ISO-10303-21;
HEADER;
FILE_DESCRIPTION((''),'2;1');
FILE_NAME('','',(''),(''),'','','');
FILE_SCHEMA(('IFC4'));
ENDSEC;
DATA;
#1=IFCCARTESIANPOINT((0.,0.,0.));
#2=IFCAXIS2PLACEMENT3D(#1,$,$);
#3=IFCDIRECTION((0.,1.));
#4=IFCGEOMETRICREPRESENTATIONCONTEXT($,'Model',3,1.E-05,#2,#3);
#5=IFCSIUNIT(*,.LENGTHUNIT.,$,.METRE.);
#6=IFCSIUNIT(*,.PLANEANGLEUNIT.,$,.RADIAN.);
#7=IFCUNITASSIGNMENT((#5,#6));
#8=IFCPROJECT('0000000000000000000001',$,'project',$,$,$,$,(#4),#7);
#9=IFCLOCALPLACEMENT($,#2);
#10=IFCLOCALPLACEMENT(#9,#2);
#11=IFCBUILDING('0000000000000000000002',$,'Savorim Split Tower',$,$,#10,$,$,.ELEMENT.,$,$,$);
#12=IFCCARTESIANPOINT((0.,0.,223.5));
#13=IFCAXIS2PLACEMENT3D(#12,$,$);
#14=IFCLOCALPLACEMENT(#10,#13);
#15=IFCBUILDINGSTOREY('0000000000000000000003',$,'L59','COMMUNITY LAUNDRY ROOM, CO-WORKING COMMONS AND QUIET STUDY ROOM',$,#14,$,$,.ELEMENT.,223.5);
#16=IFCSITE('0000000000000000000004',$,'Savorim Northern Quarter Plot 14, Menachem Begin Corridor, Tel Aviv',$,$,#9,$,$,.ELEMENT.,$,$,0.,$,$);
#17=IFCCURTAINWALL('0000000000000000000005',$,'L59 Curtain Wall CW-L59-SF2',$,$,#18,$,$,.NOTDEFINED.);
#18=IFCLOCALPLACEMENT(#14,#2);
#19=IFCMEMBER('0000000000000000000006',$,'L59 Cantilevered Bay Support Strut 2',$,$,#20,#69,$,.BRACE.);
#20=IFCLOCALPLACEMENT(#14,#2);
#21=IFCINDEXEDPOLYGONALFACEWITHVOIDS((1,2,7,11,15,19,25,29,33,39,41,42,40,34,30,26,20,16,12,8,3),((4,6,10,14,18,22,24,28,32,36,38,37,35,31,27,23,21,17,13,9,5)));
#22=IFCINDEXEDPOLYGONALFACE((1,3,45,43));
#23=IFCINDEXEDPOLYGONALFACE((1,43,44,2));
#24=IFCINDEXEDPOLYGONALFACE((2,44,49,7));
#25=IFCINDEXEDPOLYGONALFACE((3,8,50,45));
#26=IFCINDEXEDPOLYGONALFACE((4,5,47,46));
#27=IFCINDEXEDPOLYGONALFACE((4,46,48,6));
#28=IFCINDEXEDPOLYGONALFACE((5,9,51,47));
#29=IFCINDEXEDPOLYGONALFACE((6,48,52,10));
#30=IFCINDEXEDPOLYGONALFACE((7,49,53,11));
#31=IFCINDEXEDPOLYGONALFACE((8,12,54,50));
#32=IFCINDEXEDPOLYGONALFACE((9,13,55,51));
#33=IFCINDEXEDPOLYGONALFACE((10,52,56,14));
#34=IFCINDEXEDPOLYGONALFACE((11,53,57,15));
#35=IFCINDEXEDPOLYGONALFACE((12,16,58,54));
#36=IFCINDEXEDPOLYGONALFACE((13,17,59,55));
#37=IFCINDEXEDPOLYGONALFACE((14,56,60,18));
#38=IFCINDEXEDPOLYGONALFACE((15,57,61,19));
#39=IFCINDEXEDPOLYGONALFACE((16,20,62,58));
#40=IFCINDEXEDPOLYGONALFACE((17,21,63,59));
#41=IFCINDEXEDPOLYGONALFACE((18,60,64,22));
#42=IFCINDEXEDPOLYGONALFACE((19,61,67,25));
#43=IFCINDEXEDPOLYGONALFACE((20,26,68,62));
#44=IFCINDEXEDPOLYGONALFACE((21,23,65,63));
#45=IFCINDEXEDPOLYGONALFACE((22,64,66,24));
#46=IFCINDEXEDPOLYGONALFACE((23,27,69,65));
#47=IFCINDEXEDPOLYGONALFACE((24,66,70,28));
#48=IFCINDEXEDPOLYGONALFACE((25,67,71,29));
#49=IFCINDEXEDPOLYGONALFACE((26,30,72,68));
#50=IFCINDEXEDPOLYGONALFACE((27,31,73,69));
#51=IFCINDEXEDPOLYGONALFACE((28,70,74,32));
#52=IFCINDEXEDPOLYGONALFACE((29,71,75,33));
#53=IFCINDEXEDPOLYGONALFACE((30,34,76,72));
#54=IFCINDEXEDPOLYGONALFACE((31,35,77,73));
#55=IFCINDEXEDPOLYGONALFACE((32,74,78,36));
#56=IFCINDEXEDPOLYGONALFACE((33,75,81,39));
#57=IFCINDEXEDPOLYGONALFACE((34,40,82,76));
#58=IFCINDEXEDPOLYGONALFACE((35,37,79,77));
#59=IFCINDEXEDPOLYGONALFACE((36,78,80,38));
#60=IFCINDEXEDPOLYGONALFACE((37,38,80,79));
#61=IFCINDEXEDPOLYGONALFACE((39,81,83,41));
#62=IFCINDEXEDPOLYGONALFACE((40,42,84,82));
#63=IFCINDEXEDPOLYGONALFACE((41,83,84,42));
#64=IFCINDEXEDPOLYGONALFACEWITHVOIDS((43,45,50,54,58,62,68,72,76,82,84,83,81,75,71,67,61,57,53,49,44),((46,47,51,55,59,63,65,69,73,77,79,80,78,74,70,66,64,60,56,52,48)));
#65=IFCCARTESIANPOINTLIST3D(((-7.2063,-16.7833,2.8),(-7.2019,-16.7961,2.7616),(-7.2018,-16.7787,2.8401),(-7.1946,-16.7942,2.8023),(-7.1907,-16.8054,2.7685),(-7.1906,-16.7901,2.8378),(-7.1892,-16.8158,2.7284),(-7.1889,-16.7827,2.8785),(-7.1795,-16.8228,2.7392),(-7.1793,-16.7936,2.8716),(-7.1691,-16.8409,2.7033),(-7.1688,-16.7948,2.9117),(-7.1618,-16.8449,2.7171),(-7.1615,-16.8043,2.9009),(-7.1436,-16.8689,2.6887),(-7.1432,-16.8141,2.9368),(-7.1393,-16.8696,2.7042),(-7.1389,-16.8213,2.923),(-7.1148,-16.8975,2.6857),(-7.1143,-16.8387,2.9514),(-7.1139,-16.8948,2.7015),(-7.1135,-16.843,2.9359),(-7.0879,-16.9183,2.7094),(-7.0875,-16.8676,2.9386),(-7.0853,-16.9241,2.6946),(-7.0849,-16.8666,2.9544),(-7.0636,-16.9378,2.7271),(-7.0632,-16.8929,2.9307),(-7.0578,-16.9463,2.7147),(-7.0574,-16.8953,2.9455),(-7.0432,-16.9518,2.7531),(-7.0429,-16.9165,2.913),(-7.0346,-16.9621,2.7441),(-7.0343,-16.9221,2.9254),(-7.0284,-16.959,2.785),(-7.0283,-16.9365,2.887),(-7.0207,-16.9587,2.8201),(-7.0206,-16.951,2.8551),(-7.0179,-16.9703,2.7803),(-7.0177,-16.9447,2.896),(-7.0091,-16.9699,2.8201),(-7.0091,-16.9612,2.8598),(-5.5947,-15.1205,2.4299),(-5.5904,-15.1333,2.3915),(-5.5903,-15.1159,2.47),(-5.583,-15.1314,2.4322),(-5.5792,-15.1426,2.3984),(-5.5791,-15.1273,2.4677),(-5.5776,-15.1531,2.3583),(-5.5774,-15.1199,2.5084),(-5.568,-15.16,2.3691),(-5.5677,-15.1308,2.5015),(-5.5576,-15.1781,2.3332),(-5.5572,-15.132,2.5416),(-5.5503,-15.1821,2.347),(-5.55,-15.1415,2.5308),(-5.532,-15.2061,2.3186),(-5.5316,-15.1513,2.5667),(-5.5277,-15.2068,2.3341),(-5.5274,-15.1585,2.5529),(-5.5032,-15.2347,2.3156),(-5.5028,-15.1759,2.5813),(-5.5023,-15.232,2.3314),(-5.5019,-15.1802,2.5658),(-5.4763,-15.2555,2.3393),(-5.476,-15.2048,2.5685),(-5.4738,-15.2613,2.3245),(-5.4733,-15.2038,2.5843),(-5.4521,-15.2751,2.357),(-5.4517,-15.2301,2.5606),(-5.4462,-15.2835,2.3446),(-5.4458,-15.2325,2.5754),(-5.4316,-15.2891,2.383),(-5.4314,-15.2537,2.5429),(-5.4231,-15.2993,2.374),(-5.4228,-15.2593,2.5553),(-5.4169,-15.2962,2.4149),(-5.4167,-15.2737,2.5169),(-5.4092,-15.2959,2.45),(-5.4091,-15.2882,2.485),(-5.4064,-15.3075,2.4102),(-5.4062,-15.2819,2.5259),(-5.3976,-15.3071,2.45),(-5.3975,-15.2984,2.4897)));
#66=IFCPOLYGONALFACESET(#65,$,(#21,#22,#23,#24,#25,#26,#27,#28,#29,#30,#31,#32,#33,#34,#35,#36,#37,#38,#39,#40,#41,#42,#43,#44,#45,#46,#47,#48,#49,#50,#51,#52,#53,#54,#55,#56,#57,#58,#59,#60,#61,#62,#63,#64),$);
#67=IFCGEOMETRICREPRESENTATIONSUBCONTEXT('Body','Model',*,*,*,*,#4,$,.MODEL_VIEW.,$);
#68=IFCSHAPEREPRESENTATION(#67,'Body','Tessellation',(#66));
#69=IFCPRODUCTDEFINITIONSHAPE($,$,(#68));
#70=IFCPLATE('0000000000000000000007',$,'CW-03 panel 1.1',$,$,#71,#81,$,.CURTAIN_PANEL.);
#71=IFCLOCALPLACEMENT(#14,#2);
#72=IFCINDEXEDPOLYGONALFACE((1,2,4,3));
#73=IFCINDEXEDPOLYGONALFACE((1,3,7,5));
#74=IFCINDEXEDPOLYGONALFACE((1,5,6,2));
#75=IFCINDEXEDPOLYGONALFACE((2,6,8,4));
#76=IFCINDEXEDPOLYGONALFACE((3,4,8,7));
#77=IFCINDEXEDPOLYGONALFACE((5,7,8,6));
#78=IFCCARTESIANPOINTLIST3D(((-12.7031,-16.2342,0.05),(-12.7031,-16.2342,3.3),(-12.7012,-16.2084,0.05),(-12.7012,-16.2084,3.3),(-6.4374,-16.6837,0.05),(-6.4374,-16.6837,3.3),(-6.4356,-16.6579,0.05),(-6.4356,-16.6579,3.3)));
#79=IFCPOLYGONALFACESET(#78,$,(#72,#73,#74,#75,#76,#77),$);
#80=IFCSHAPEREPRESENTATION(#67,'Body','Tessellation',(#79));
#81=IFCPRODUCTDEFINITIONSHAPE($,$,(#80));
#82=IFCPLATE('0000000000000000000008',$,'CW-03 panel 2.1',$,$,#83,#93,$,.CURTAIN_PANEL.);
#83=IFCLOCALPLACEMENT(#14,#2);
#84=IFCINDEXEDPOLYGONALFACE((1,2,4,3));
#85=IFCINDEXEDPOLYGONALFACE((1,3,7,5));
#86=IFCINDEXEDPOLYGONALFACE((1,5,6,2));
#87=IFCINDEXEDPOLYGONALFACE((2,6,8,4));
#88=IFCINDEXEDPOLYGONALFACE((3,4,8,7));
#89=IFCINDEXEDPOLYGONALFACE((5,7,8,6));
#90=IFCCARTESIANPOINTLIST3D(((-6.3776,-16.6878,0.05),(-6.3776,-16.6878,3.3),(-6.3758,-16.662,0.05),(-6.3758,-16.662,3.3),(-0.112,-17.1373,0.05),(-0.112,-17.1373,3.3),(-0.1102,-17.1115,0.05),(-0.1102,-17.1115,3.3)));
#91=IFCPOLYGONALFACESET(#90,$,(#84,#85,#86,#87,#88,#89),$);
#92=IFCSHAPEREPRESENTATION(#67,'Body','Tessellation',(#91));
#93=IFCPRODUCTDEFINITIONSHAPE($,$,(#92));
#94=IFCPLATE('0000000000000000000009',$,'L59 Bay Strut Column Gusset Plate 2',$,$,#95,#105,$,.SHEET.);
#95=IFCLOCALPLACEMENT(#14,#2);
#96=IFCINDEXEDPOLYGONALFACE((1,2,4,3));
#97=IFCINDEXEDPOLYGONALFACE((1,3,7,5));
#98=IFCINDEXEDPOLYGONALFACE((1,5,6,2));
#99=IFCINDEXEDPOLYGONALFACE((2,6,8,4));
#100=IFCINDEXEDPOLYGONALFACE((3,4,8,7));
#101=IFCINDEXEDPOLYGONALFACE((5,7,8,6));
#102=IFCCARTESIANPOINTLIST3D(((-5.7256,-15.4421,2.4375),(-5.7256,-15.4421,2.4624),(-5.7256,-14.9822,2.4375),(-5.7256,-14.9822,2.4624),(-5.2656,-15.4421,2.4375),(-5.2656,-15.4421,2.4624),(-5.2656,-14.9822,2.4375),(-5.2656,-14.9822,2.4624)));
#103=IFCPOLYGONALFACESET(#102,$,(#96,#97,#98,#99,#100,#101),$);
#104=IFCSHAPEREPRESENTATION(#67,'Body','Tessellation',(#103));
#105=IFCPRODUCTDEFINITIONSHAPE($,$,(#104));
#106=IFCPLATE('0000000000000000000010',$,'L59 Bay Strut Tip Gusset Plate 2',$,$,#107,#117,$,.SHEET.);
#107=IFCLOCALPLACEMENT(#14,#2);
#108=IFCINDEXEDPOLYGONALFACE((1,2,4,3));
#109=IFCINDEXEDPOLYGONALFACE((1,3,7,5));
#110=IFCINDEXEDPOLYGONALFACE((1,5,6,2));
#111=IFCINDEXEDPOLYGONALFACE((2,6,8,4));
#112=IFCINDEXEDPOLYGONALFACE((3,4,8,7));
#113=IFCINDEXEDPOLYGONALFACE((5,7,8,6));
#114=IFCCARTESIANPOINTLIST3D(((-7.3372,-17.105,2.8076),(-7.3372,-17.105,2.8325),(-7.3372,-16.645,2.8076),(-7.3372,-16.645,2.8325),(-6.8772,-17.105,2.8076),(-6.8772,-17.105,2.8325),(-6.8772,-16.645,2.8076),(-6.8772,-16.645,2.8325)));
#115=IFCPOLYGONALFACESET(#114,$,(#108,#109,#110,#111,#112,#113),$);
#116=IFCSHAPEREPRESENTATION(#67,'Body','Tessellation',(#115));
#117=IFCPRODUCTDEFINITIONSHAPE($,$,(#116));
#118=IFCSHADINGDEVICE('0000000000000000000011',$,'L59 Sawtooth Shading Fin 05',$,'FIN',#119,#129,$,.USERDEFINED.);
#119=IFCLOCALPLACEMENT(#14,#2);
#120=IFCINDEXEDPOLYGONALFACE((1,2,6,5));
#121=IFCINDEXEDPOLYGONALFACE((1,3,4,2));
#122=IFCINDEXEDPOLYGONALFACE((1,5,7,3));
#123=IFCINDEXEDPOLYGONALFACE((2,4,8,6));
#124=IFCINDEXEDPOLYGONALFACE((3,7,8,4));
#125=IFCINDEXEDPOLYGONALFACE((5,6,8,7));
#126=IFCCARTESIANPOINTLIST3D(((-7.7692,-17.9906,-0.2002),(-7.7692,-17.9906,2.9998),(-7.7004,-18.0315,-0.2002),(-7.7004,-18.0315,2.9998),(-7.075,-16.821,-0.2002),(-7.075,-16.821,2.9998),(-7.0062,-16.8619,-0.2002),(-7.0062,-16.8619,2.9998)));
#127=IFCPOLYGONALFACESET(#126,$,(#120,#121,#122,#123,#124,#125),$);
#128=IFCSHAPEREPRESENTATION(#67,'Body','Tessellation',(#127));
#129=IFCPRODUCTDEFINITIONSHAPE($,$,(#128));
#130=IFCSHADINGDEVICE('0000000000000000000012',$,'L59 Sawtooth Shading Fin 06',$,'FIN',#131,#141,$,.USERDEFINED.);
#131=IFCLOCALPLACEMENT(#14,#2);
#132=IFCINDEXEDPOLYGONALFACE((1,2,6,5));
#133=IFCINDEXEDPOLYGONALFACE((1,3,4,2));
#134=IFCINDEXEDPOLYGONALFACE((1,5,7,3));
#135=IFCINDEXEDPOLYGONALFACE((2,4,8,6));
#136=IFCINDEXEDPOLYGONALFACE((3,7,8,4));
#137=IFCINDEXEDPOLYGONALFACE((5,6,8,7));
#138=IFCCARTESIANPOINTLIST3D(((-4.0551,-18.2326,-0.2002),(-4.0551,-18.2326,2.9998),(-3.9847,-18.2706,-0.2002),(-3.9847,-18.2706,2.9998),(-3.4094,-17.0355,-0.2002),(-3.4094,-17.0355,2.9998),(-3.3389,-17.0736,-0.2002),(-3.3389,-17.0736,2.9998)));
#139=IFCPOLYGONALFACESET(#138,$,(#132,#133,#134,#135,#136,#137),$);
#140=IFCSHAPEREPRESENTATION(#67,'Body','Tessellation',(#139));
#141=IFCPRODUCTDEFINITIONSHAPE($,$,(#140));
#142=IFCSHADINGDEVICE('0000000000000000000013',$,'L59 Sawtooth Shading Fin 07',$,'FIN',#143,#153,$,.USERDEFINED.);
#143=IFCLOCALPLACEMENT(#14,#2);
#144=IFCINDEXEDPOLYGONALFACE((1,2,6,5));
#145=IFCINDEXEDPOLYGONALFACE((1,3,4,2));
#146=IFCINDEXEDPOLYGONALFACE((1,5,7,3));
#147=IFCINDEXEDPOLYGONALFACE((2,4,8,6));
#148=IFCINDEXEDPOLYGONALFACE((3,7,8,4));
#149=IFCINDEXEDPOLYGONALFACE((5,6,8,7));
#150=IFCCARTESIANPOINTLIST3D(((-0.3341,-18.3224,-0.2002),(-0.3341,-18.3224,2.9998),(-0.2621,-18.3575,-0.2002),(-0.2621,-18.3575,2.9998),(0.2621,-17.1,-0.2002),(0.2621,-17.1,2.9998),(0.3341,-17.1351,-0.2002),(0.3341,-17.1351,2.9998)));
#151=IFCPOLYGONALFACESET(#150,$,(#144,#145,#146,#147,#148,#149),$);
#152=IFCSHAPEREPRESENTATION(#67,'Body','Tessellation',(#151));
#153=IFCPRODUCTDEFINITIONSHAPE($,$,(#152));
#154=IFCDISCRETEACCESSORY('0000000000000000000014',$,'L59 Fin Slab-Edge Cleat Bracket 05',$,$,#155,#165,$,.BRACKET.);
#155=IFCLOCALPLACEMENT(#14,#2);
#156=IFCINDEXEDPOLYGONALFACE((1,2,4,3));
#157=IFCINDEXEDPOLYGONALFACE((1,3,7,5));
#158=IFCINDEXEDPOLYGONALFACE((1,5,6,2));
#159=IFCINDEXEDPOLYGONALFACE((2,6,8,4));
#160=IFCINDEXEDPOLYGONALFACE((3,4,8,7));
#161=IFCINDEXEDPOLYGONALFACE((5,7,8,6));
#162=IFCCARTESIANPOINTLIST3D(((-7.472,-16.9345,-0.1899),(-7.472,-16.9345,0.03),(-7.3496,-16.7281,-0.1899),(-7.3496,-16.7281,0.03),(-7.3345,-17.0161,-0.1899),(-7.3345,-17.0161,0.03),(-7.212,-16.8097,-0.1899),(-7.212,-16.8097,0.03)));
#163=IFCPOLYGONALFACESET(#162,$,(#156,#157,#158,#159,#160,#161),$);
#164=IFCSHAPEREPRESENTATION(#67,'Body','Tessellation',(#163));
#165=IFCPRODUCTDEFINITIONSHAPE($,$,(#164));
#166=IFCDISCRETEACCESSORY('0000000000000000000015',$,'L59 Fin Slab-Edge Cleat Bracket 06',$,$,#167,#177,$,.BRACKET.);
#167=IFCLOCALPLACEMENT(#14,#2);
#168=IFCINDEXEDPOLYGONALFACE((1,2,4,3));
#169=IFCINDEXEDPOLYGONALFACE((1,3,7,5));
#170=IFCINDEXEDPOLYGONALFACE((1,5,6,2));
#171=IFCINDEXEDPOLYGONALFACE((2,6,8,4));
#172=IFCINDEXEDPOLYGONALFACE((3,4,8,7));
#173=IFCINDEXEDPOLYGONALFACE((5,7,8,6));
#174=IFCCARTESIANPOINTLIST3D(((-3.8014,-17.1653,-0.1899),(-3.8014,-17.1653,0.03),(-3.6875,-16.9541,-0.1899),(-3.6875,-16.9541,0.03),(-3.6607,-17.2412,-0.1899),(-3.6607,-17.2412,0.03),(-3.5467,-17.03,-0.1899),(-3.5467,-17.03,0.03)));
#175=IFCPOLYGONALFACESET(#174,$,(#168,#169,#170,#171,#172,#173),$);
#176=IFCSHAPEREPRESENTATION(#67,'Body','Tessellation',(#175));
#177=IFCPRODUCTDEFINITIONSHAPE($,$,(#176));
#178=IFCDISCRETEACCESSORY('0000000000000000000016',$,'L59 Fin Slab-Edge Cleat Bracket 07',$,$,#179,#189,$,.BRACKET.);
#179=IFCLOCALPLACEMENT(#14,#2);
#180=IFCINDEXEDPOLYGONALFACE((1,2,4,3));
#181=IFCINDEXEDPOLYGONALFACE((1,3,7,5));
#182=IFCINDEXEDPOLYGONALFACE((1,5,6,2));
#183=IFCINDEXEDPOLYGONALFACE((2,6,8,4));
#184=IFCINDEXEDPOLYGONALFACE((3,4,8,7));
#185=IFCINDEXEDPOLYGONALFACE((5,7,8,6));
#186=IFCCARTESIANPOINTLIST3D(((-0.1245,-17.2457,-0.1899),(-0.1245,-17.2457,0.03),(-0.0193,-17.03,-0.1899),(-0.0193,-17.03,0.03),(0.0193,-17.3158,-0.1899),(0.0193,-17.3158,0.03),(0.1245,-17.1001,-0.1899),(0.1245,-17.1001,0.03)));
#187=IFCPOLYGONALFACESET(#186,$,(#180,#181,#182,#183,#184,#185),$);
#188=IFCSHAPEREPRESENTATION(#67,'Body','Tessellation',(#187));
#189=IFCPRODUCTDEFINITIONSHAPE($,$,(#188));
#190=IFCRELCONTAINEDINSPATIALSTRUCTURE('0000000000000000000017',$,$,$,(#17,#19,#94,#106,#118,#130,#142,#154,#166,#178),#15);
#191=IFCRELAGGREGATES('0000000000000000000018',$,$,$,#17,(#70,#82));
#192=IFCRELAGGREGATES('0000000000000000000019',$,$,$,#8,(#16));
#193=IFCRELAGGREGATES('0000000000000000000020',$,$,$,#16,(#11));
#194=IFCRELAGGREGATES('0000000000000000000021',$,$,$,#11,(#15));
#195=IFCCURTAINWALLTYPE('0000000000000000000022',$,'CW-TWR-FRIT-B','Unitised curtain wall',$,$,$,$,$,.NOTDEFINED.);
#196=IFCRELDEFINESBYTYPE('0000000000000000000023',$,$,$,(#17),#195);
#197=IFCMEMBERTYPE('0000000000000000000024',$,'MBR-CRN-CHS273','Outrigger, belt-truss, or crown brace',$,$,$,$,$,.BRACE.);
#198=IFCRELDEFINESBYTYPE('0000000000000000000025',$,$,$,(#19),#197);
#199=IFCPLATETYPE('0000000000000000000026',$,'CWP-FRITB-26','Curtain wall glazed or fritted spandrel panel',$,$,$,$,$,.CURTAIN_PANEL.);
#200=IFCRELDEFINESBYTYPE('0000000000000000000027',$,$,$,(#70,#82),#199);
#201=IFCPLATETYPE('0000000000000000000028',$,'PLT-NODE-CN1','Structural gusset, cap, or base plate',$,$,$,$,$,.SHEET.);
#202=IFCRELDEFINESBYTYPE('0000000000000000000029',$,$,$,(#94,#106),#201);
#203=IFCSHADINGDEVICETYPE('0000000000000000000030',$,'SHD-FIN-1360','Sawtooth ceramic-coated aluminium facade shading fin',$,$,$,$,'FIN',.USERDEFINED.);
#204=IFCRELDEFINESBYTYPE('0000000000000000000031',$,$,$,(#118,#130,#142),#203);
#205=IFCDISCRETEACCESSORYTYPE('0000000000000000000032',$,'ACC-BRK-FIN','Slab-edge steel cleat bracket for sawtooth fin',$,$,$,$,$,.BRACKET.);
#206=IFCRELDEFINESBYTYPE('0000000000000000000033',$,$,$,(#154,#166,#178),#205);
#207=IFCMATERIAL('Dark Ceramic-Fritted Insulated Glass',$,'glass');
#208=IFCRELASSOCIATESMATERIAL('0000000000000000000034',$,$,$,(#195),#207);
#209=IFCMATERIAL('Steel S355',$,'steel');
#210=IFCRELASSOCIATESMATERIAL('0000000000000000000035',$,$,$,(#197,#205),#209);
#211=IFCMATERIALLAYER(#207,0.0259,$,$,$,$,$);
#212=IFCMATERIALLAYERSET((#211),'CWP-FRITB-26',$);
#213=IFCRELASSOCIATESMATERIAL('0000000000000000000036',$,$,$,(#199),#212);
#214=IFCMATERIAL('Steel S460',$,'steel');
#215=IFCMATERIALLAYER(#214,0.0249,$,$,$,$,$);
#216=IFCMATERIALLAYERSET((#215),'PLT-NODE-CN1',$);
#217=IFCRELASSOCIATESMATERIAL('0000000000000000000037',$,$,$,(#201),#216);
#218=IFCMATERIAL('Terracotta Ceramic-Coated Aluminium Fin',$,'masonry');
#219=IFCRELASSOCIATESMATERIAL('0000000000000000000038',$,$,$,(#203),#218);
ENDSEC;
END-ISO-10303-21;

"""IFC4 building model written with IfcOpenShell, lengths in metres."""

from ifc_helpers import new_model, si_unit, direction, frame, origin, origin_2d, place, context, subcontext, project, spatial, rectangle, hollow_circle, extrude, material, layer, layer_set, material_profile, profile_set, type_object, element, aggregate, save


model = new_model("IFC4")

# Units and contexts
model_context = context("Model", 3, precision=1e-05, world=origin(), true_north=direction((0.0, 1.0)))
body_context = subcontext(model_context, "Body", "Model", "MODEL_VIEW")
ifc_project = project(units=[si_unit("LENGTHUNIT", "METRE"), si_unit("PLANEANGLEUNIT", "RADIAN")], contexts=[model_context])

# Site, building, storey
site_placement = place(None, origin())
site = spatial("IfcSite", under=ifc_project, at=site_placement, Name="Savorim Northern Quarter Plot 14, Menachem Begin Corridor, Tel Aviv", CompositionType="ELEMENT", RefElevation=0.0)
building_placement = place(site_placement, origin())
building = spatial("IfcBuilding", under=site, at=building_placement, Name="Savorim Split Tower", CompositionType="ELEMENT")
storey_placement = place(building_placement, frame((0.0, 0.0, 223.5)))
storey = spatial("IfcBuildingStorey", under=building, at=storey_placement, Name="L59", Description="COMMUNITY LAUNDRY ROOM, CO-WORKING COMMONS AND QUIET STUDY ROOM", CompositionType="ELEMENT", Elevation=223.5)

# Shared definitions
ifc_material_1 = material(Name="Steel S355", Category="steel")

# Curtain wall
ifc_material_2 = material(Name="Dark Ceramic-Fritted Insulated Glass", Category="glass")
curtain_wall_type = type_object("IfcCurtainWallType", Name="CW-TWR-FRIT-B", Description="Unitised curtain wall", PredefinedType="NOTDEFINED", material=ifc_material_2)
curtain_wall_placement = place(storey_placement, origin())
curtain_wall = element("IfcCurtainWall", 1, at=curtain_wall_placement, inside=storey, type_object=curtain_wall_type, Name="L59 Curtain Wall CW-L59-SF2", PredefinedType="NOTDEFINED")

# Member
ifc_material_profile_1 = material_profile(ifc_material_1, hollow_circle(Radius=0.1365, WallThickness=0.0161, at=origin_2d()), Name="CHS 273x16")
ifc_profile_set_1 = profile_set([ifc_material_profile_1], Name="Steel S355")
member_type_1 = type_object("IfcMemberType", Name="MBR-CRN-CHS273", Description="Outrigger, belt-truss, or crown brace", PredefinedType="BRACE", material=ifc_profile_set_1)
member_1_placement = place(storey_placement, frame((-5.4956, -15.2122, 2.45), z_axis=(-0.687227, -0.70909, 0.15783), x_axis=(0.71809, -0.69595, 0.0)))
element("IfcMember", 2, at=member_1_placement, inside=storey, type_object=member_type_1, Name="L59 Cantilevered Bay Support Strut 2", PredefinedType="BRACE", context=body_context, shape_type="SweptSolid", body=[
    extrude(hollow_circle(Radius=0.1365, WallThickness=0.0161, at=origin_2d()), origin(), (0.0, 0.0, 1.0), 2.345),
])

# Plates
ifc_layer_1 = layer(ifc_material_2, 0.0259)
ifc_layer_set_1 = layer_set([ifc_layer_1], Name="CWP-FRITB-26")
plate_type_1 = type_object("IfcPlateType", Name="CWP-FRITB-26", Description="Curtain wall glazed or fritted spandrel panel", PredefinedType="CURTAIN_PANEL", material=ifc_layer_set_1)
plate_1_placement = place(storey_placement, frame((-9.5693, -16.446, 0.05), z_axis=(0.0, 0.0, 1.0), x_axis=(0.997436, -0.071558, 0.0)))
plate_1 = element("IfcPlate", 3, at=plate_1_placement, type_object=plate_type_1, Name="CW-03 panel 1.1", PredefinedType="CURTAIN_PANEL", context=body_context, shape_type="SweptSolid", body=[
    extrude(rectangle(XDim=6.2817, YDim=0.0259, at=origin_2d()), origin(), (0.0, 0.0, 1.0), 3.25),
])
plate_2_placement = place(storey_placement, frame((-3.2439, -16.8997, 0.05), z_axis=(0.0, 0.0, 1.0), x_axis=(0.997436, -0.071558, 0.0)))
plate_2 = element("IfcPlate", 4, at=plate_2_placement, type_object=plate_type_1, Name="CW-03 panel 2.1", PredefinedType="CURTAIN_PANEL", context=body_context, shape_type="SweptSolid", body=[
    extrude(rectangle(XDim=6.2817, YDim=0.0259, at=origin_2d()), origin(), (0.0, 0.0, 1.0), 3.25),
])
aggregate(curtain_wall, [plate_1, plate_2])

# Plates
ifc_material_3 = material(Name="Steel S460", Category="steel")
ifc_layer_2 = layer(ifc_material_3, 0.0249)
ifc_layer_set_2 = layer_set([ifc_layer_2], Name="PLT-NODE-CN1")
plate_type_2 = type_object("IfcPlateType", Name="PLT-NODE-CN1", Description="Structural gusset, cap, or base plate", PredefinedType="SHEET", material=ifc_layer_set_2)
for number, where, z_axis, x_axis, name in (
    (5, (-5.4956, -15.2122, 2.4375), (0.0, 0.0, 1.0), (1.0, 0.0, 0.0), "L59 Bay Strut Column Gusset Plate 2"),
    (6, (-7.1072, -16.875, 2.8076), (0.0, 0.0, 1.0), (1.0, 0.0, 0.0), "L59 Bay Strut Tip Gusset Plate 2"),
):
    element("IfcPlate", number, at=place(storey_placement, frame(where, z_axis=z_axis, x_axis=x_axis)), inside=storey, type_object=plate_type_2, Name=name, PredefinedType="SHEET", context=body_context, shape_type="SweptSolid", body=[
        extrude(rectangle(XDim=0.46, YDim=0.46, at=origin_2d()), origin(), (0.0, 0.0, 1.0), 0.0249),
    ])

# Shading devices
ifc_material_4 = material(Name="Terracotta Ceramic-Coated Aluminium Fin", Category="masonry")
shading_device_type = type_object("IfcShadingDeviceType", Name="SHD-FIN-1360", Description="Sawtooth ceramic-coated aluminium facade shading fin", ElementType="FIN", PredefinedType="USERDEFINED", material=ifc_material_4)
for number, where, z_axis, x_axis, name in (
    (7, (-7.3877, -17.4263, -0.2002), (0.0, 0.0, 1.0), (-0.510391, -0.859942, 0.0), "L59 Sawtooth Shading Fin 05"),
    (8, (-3.697, -17.6531, -0.2002), (0.0, 0.0, 1.0), (-0.474778, -0.880106, 0.0), "L59 Sawtooth Shading Fin 06"),
    (9, (0.0, -17.7288, -0.2002), (0.0, 0.0, 1.0), (-0.438371, -0.898794, 0.0), "L59 Sawtooth Shading Fin 07"),
):
    element("IfcShadingDevice", number, at=place(storey_placement, frame(where, z_axis=z_axis, x_axis=x_axis)), inside=storey, type_object=shading_device_type, Name=name, ObjectType="FIN", PredefinedType="USERDEFINED", context=body_context, shape_type="SweptSolid", body=[
        extrude(rectangle(XDim=1.3601, YDim=0.0801, at=origin_2d()), origin(), (0.0, 0.0, 1.0), 3.2),
    ])

# Discrete accessories
discrete_accessory_type = type_object("IfcDiscreteAccessoryType", Name="ACC-BRK-FIN", Description="Slab-edge steel cleat bracket for sawtooth fin", PredefinedType="BRACKET", material=ifc_material_1)
for number, where, z_axis, x_axis, name in (
    (10, (-7.342, -16.8721, -0.1899), (0.0, 0.0, 1.0), (-0.510391, -0.859942, 0.0), "L59 Fin Slab-Edge Cleat Bracket 05"),
    (11, (-3.6741, -17.0977, -0.1899), (0.0, 0.0, 1.0), (-0.474778, -0.880106, 0.0), "L59 Fin Slab-Edge Cleat Bracket 06"),
    (12, (0.0, -17.1729, -0.1899), (0.0, 0.0, 1.0), (-0.438371, -0.898794, 0.0), "L59 Fin Slab-Edge Cleat Bracket 07"),
):
    element("IfcDiscreteAccessory", number, at=place(storey_placement, frame(where, z_axis=z_axis, x_axis=x_axis)), inside=storey, type_object=discrete_accessory_type, Name=name, PredefinedType="BRACKET", context=body_context, shape_type="SweptSolid", body=[
        extrude(rectangle(XDim=0.24, YDim=0.1599, at=origin_2d()), origin(), (0.0, 0.0, 1.0), 0.22),
    ])

save(model, "model.ifc")
